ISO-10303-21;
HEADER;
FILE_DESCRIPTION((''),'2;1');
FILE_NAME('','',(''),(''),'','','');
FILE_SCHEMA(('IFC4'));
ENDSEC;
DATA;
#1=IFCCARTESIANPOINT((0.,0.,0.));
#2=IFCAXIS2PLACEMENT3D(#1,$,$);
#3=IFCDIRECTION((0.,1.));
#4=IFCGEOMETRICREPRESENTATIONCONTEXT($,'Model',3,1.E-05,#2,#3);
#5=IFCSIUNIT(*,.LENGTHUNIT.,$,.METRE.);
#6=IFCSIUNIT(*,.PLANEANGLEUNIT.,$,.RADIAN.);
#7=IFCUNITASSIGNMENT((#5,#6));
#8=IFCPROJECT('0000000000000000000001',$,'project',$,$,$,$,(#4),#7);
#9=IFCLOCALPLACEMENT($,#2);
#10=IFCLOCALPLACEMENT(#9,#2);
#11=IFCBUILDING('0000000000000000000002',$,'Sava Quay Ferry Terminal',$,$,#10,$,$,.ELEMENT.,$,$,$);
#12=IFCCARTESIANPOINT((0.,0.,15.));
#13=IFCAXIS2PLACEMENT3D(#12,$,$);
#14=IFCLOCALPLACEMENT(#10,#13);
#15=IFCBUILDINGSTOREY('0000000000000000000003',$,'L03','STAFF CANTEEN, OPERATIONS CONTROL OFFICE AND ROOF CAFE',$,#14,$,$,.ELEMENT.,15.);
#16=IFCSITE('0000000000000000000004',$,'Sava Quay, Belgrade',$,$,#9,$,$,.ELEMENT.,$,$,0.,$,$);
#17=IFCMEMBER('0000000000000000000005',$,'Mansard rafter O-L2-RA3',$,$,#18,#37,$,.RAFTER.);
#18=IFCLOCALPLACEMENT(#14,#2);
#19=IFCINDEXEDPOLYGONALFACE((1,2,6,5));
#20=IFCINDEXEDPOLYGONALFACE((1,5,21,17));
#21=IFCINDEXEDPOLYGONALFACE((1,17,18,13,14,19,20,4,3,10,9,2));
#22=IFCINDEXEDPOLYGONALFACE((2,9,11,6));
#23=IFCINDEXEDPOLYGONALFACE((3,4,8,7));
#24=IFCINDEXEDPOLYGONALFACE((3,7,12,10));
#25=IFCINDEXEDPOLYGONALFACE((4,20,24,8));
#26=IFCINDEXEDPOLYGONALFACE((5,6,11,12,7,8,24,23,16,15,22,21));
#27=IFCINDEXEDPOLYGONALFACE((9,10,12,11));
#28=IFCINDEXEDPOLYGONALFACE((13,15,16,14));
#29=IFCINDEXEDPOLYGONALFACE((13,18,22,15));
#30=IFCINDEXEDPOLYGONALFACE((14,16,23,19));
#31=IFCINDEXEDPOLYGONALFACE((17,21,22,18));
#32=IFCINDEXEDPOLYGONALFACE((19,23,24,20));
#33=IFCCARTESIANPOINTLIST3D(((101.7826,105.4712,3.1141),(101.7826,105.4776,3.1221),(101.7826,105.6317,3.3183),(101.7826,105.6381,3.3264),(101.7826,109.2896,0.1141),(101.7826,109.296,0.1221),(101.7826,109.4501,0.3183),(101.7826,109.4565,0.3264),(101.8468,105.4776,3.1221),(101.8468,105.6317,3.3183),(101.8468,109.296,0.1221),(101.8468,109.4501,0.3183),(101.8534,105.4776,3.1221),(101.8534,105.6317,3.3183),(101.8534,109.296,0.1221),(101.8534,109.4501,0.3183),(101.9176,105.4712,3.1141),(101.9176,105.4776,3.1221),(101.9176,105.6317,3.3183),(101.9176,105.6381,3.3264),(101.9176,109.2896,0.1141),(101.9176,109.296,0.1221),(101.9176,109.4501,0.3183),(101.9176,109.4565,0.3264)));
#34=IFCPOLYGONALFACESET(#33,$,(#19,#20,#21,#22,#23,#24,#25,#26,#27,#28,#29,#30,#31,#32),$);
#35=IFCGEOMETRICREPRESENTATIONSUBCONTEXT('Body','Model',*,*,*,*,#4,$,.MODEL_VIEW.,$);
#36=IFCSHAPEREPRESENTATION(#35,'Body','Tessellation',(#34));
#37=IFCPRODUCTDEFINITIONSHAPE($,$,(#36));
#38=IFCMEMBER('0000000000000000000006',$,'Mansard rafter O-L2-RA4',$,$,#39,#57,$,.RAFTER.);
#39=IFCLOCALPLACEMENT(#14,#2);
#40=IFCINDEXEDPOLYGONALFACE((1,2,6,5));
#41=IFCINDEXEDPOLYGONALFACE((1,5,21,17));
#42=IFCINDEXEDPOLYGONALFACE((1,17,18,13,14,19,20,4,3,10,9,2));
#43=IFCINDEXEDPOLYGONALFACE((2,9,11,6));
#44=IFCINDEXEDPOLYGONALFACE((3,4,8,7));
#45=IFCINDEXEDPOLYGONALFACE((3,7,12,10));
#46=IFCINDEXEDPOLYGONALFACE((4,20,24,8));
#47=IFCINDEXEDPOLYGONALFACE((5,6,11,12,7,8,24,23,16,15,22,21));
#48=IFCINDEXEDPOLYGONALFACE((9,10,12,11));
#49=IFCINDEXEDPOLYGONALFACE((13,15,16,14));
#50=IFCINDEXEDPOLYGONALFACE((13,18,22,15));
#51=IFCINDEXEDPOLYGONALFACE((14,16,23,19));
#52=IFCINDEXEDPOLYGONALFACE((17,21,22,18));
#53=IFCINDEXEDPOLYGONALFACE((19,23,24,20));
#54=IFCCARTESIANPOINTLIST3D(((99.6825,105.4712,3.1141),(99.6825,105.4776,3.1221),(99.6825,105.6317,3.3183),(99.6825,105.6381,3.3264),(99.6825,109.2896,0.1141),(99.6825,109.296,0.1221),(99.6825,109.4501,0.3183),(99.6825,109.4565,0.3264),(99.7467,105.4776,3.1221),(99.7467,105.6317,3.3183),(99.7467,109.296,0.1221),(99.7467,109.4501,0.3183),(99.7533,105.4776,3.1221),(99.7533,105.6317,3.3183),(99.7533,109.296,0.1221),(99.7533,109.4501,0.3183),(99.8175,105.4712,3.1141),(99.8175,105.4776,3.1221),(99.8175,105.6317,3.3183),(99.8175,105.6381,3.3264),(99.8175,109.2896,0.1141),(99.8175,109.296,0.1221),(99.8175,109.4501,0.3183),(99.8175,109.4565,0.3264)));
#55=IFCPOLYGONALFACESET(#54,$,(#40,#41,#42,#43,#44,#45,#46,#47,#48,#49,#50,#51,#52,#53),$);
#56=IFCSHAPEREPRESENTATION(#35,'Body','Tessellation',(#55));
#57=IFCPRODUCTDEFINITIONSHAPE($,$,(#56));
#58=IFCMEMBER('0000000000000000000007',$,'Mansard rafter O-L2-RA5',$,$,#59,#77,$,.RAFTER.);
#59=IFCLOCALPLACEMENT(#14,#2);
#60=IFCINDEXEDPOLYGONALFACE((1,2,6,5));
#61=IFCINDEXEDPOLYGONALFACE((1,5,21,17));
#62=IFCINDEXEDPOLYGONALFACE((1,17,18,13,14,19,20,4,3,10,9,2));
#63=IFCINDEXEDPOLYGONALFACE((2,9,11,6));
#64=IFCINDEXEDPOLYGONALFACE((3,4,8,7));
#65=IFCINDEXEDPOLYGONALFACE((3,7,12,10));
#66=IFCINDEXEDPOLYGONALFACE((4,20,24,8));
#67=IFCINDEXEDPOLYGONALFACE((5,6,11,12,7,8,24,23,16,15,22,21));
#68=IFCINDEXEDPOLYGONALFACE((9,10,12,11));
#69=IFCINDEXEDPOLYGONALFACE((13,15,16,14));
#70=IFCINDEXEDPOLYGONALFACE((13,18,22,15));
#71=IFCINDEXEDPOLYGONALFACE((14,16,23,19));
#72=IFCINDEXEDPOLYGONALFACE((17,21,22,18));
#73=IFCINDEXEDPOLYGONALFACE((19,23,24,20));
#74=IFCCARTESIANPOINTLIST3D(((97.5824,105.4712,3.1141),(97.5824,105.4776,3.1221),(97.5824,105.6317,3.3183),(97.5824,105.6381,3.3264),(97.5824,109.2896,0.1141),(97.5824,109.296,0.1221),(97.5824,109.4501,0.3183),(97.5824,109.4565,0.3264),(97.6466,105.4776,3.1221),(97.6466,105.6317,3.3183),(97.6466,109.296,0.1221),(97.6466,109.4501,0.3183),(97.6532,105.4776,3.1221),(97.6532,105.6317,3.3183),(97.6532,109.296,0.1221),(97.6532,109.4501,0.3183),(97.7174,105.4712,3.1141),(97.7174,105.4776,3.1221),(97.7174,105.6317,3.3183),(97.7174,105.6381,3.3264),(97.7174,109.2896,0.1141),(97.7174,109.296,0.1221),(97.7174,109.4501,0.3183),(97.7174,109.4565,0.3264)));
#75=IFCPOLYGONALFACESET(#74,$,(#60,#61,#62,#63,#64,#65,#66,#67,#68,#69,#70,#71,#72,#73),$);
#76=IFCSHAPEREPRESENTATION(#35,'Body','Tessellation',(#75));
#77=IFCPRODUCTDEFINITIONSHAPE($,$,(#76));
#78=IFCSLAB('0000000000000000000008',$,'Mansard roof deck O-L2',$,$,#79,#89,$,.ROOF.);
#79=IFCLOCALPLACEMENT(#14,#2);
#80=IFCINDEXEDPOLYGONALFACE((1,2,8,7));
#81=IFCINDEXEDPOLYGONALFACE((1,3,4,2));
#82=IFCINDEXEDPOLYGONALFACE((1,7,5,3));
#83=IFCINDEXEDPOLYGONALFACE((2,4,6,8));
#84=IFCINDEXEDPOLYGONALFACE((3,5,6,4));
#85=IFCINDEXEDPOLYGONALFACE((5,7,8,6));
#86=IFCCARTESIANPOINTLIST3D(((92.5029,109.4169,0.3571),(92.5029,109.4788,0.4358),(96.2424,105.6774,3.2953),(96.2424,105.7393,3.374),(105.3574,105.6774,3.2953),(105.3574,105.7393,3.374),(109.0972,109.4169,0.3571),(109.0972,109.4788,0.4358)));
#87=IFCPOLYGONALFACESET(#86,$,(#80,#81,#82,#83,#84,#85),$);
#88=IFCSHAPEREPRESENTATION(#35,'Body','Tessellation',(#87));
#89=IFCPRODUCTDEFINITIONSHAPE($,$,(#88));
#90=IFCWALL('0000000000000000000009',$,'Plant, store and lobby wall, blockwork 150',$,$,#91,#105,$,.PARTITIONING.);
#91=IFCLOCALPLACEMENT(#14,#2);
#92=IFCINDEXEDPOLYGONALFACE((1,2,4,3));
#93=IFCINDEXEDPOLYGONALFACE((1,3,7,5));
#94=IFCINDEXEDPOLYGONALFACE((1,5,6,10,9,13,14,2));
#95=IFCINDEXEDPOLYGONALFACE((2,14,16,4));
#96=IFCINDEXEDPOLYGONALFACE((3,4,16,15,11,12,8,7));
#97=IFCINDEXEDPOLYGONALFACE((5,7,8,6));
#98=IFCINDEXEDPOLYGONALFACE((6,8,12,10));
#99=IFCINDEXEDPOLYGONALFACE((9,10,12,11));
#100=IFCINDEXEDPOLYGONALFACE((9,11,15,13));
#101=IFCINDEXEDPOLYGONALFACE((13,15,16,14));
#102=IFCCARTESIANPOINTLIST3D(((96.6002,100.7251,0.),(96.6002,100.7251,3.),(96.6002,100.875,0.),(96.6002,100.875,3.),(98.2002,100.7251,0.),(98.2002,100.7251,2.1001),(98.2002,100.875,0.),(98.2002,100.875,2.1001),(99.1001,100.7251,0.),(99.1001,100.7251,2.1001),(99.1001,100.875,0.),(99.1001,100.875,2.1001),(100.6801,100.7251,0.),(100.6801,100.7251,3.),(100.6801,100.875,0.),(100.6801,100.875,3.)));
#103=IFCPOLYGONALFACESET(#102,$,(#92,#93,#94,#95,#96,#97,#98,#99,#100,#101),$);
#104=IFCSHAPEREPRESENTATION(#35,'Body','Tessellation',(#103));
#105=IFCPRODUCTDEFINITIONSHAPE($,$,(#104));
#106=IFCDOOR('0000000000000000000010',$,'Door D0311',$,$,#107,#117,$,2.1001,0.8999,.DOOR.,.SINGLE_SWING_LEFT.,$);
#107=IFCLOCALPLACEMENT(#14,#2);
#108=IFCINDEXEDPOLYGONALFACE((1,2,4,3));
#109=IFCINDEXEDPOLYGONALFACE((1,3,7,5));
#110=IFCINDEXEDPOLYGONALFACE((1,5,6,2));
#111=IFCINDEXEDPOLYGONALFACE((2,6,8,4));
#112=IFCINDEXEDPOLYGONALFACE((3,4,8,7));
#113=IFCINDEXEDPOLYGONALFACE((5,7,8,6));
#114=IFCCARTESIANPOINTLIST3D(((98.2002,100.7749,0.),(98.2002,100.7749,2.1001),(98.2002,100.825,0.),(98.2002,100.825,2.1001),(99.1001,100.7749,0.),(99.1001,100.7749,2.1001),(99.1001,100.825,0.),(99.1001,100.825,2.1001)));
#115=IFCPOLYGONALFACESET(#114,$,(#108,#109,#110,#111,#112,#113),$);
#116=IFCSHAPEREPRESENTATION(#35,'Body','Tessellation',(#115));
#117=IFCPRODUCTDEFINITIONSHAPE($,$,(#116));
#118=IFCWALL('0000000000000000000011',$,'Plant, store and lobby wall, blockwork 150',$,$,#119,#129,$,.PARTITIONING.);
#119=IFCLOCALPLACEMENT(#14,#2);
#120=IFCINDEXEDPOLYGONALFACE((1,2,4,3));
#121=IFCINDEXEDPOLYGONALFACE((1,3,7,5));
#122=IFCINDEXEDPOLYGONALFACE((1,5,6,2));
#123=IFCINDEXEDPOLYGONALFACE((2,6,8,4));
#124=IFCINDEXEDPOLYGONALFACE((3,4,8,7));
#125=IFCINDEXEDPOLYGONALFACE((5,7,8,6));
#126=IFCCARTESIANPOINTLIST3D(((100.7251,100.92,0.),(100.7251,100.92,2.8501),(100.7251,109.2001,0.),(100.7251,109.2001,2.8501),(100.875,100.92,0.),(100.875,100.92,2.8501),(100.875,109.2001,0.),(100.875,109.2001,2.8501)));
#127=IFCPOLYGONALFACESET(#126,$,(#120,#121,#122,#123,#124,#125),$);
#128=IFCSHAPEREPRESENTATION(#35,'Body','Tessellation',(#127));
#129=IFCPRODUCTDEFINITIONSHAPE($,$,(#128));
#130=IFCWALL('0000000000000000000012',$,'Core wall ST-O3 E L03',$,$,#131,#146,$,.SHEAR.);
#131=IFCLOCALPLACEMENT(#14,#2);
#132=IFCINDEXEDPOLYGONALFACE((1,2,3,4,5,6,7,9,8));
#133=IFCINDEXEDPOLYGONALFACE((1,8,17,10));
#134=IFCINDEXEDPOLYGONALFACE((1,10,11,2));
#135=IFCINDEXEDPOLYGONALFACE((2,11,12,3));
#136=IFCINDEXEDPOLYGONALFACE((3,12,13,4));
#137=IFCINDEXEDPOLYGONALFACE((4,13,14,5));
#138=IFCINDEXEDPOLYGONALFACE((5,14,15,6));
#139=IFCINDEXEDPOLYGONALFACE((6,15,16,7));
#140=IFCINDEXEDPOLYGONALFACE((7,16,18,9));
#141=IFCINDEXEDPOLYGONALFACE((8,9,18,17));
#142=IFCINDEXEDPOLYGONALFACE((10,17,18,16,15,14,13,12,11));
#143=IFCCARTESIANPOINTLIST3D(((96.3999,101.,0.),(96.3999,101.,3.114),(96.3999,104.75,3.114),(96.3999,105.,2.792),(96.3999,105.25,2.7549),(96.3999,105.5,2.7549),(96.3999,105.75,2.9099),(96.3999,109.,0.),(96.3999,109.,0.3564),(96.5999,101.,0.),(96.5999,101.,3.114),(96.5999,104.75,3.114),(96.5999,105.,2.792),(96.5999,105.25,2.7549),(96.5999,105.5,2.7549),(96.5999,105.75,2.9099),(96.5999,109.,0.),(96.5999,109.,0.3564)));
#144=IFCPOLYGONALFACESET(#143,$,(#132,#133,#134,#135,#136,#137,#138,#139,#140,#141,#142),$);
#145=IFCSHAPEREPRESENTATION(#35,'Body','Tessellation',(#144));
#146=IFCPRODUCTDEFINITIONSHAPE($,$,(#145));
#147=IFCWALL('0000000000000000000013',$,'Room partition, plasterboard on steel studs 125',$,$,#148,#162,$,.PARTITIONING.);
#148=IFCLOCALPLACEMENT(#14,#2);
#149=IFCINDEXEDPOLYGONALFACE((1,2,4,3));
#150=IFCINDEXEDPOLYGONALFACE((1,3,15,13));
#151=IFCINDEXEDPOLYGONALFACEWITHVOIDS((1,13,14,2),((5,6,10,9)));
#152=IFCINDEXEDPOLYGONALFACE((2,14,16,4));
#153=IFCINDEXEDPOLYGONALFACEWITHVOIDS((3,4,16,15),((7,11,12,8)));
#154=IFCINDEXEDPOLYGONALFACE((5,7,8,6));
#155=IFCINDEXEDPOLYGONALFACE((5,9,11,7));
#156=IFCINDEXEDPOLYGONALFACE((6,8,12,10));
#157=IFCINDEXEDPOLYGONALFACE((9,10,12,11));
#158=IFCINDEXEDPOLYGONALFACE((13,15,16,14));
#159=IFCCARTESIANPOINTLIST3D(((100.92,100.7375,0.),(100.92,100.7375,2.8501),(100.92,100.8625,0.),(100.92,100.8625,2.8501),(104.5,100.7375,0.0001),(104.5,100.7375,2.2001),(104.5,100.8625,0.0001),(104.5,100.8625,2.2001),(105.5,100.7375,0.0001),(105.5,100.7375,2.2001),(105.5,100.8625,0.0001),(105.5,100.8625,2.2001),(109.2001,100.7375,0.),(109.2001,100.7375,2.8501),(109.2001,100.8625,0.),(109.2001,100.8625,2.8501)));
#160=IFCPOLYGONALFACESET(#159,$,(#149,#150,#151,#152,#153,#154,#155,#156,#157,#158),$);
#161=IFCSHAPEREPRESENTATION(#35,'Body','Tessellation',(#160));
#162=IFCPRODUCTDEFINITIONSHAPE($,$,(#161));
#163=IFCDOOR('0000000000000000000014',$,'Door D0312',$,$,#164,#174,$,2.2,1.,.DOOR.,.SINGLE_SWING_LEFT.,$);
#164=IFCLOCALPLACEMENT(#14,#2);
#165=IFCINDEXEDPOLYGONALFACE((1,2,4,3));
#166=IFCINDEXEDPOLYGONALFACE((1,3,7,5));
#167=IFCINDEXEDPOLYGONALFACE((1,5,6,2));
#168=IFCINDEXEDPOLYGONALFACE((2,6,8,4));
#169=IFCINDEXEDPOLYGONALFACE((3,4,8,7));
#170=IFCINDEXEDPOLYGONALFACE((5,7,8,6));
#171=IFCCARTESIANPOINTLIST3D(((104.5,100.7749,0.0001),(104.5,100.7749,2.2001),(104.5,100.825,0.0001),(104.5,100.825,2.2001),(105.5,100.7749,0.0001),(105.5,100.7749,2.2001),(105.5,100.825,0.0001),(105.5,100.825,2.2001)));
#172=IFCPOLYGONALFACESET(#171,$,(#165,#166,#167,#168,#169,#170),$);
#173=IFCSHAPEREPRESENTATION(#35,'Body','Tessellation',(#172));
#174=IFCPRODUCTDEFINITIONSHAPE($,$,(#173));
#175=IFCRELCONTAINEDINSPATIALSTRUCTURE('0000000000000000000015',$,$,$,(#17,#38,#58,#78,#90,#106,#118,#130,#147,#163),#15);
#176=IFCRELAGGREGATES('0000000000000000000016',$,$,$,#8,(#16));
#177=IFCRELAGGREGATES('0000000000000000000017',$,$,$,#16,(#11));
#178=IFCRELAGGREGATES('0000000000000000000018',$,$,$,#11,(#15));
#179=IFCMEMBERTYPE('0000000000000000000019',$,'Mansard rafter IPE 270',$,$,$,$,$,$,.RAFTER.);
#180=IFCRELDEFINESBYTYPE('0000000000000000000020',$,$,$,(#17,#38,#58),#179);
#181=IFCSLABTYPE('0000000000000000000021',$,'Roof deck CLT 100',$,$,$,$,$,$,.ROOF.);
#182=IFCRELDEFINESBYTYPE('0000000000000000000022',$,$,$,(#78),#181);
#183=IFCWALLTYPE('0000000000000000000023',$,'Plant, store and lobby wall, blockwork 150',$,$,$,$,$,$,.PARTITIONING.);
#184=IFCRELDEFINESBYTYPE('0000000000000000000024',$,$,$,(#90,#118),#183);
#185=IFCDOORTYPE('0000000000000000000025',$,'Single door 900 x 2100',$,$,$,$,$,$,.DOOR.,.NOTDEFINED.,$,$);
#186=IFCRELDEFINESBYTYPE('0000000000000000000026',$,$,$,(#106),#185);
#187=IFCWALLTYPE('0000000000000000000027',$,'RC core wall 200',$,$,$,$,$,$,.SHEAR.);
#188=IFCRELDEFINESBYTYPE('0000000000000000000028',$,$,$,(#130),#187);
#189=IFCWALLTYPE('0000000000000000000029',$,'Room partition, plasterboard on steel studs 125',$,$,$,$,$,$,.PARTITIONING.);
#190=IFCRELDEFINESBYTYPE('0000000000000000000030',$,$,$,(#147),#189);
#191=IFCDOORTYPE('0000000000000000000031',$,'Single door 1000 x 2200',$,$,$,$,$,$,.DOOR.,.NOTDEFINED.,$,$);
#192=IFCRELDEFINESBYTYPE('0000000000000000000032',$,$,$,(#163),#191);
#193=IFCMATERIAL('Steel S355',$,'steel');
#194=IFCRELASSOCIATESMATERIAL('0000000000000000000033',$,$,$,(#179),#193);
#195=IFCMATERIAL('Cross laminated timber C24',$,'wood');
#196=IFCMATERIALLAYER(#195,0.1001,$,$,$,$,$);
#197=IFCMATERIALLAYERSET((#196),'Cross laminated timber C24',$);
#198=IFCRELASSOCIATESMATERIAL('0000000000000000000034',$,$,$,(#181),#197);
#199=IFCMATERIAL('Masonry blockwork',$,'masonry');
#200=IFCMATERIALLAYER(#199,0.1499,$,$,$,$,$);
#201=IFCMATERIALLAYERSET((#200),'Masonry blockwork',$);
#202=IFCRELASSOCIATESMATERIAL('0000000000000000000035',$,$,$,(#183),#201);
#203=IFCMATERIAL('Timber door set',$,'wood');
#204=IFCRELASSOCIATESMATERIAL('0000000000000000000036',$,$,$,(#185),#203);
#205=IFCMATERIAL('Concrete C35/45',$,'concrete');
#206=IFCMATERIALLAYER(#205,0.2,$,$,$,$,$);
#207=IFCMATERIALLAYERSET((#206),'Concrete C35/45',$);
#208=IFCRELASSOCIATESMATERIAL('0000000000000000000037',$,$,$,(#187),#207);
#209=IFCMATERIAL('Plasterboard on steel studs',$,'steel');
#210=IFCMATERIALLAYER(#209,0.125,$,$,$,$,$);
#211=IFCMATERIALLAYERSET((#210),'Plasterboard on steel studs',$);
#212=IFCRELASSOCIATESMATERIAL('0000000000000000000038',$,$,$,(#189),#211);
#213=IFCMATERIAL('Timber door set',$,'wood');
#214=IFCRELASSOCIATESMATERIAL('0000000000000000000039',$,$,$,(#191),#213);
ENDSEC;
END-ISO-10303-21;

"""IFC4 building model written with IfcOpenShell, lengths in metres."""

from ifc_helpers import new_model, si_unit, direction, frame, frame_2d, origin, origin_2d, place, context, subcontext, project, spatial, polyline, rectangle, i_section, outline, extrude, material, layer, layer_set, material_profile, profile_set, type_object, element, fill, save


model = new_model("IFC4")

# Units and contexts
model_context = context("Model", 3, precision=1e-05, world=origin(), true_north=direction((0.0, 1.0)))
body_context = subcontext(model_context, "Body", "Model", "MODEL_VIEW")
ifc_project = project(units=[si_unit("LENGTHUNIT", "METRE"), si_unit("PLANEANGLEUNIT", "RADIAN")], contexts=[model_context])

# Site, building, storey
site_placement = place(None, origin())
site = spatial("IfcSite", under=ifc_project, at=site_placement, Name="Sava Quay, Belgrade", CompositionType="ELEMENT", RefElevation=0.0)
building_placement = place(site_placement, origin())
building = spatial("IfcBuilding", under=site, at=building_placement, Name="Sava Quay Ferry Terminal", CompositionType="ELEMENT")
storey_placement = place(building_placement, frame((0.0, 0.0, 15.0)))
storey = spatial("IfcBuildingStorey", under=building, at=storey_placement, Name="L03", Description="STAFF CANTEEN, OPERATIONS CONTROL OFFICE AND ROOF CAFE", CompositionType="ELEMENT", Elevation=15.0)

# Members
ifc_material_1 = material(Name="Steel S355", Category="steel")
ifc_material_profile_1 = material_profile(ifc_material_1, i_section(OverallWidth=0.135, OverallDepth=0.27, WebThickness=0.0066, FlangeThickness=0.0103, at=origin_2d()), Name="IPE 270")
ifc_profile_set_1 = profile_set([ifc_material_profile_1], Name="Steel S355")
member_type = type_object("IfcMemberType", Name="Mansard rafter IPE 270", PredefinedType="RAFTER", material=ifc_profile_set_1)
for number, where, z_axis, x_axis, name in (
    (1, (101.8501, 109.373, 0.2202), (0.0, -0.786332, 0.617804), (1.0, 0.0, 0.0), "Mansard rafter O-L2-RA3"),
    (2, (99.75, 109.373, 0.2202), (0.0, -0.786332, 0.617804), (1.0, 0.0, 0.0), "Mansard rafter O-L2-RA4"),
    (3, (97.6499, 109.373, 0.2202), (0.0, -0.786332, 0.617804), (1.0, 0.0, 0.0), "Mansard rafter O-L2-RA5"),
):
    element("IfcMember", number, at=place(storey_placement, frame(where, z_axis=z_axis, x_axis=x_axis)), inside=storey, type_object=member_type, Name=name, PredefinedType="RAFTER", context=body_context, shape_type="SweptSolid", body=[
        extrude(i_section(OverallWidth=0.135, OverallDepth=0.27, WebThickness=0.0066, FlangeThickness=0.0103, at=origin_2d()), origin(), (0.0, 0.0, 1.0), 4.856),
    ])

# Slab
ifc_material_2 = material(Name="Cross laminated timber C24", Category="wood")
ifc_layer_1 = layer(ifc_material_2, 0.1001)
ifc_layer_set_1 = layer_set([ifc_layer_1], Name="Cross laminated timber C24")
slab_type = type_object("IfcSlabType", Name="Roof deck CLT 100", PredefinedType="ROOF", material=ifc_layer_set_1)
slab_placement = place(storey_placement, frame((109.0972, 109.4788, 0.4358), z_axis=(0.0, 0.617828, 0.786313), x_axis=(-0.618137, -0.618097, 0.485656)))
element("IfcSlab", 4, at=slab_placement, inside=storey, type_object=slab_type, Name="Mansard roof deck O-L2", PredefinedType="ROOF", context=body_context, shape_type="SweptSolid", body=[
    extrude(outline(polyline([(0.0, 0.0), (6.05, 0.0), (11.6843, -7.165), (10.2575, -13.0442), (0.0, 0.0)])), origin(), (0.0, 0.0, -1.0), 0.1001),
])

# Wall, opening, door
ifc_material_3 = material(Name="Masonry blockwork", Category="masonry")
ifc_layer_2 = layer(ifc_material_3, 0.1499)
ifc_layer_set_2 = layer_set([ifc_layer_2], Name="Masonry blockwork")
wall_type_1 = type_object("IfcWallType", Name="Plant, store and lobby wall, blockwork 150", PredefinedType="PARTITIONING", material=ifc_layer_set_2)
wall_1_placement = place(storey_placement, frame((96.6001, 100.8, 0.0), z_axis=(0.0, 0.0, 1.0), x_axis=(1.0, 0.0, 0.0)))
wall_1 = element("IfcWall", 5, at=wall_1_placement, inside=storey, type_object=wall_type_1, Name="Plant, store and lobby wall, blockwork 150", PredefinedType="PARTITIONING", context=body_context, shape_type="SweptSolid", body=[
    extrude(rectangle(XDim=4.0798, YDim=0.1499, at=frame_2d((2.04, 0.0))), origin(), (0.0, 0.0, 1.0), 3.0),
])
opening_1_placement = place(wall_1_placement, frame((1.6001, 0.0, 0.0)))
opening_1 = element("IfcOpeningElement", 6, at=opening_1_placement, cuts=wall_1, PredefinedType="OPENING", context=body_context, shape_type="SweptSolid", body=[
    extrude(rectangle(XDim=0.8999, YDim=2.1001, at=frame_2d((0.45, 1.05))), frame((0.0, 0.075, 0.0), z_axis=(0.0, -1.0, 0.0), x_axis=(1.0, 0.0, 0.0)), (0.0, 0.0, 1.0), 0.1499),
])
ifc_material_4 = material(Name="Timber door set", Category="wood")
door_type_1 = type_object("IfcDoorType", Name="Single door 900 x 2100", OperationType="NOTDEFINED", PredefinedType="DOOR", material=ifc_material_4)
door_1_placement = place(opening_1_placement, origin())
door_1 = element("IfcDoor", 7, at=door_1_placement, inside=storey, type_object=door_type_1, Name="Door D0311", OperationType="SINGLE_SWING_LEFT", OverallHeight=2.1001, OverallWidth=0.8999, PredefinedType="DOOR", context=body_context, shape_type="SweptSolid", body=[
    extrude(rectangle(XDim=0.8999, YDim=2.1001, at=frame_2d((0.45, 1.05))), frame((0.0, 0.0249, 0.0), z_axis=(0.0, -1.0, 0.0), x_axis=(1.0, 0.0, 0.0)), (0.0, 0.0, 1.0), 0.05),
])
fill(opening_1, door_1)

# Walls
wall_2_placement = place(storey_placement, frame((100.8, 100.9199, 0.0), z_axis=(0.0, 0.0, 1.0), x_axis=(0.0, 1.0, 0.0)))
element("IfcWall", 8, at=wall_2_placement, inside=storey, type_object=wall_type_1, Name="Plant, store and lobby wall, blockwork 150", PredefinedType="PARTITIONING", context=body_context, shape_type="SweptSolid", body=[
    extrude(rectangle(XDim=8.28, YDim=0.1499, at=frame_2d((4.1401, 0.0))), origin(), (0.0, 0.0, 1.0), 2.8501),
])
ifc_material_5 = material(Name="Concrete C35/45", Category="concrete")
ifc_layer_3 = layer(ifc_material_5, 0.2)
ifc_layer_set_3 = layer_set([ifc_layer_3], Name="Concrete C35/45")
wall_type_2 = type_object("IfcWallType", Name="RC core wall 200", PredefinedType="SHEAR", material=ifc_layer_set_3)
wall_3_placement = place(storey_placement, frame((96.5, 101.0, 0.0), z_axis=(0.0, 0.0, 1.0), x_axis=(0.0, 1.0, 0.0)))
element("IfcWall", 9, at=wall_3_placement, inside=storey, type_object=wall_type_2, Name="Core wall ST-O3 E L03", PredefinedType="SHEAR", context=body_context, shape_type="SweptSolid", body=[
    extrude(outline(polyline([(0.0, 0.0), (8.0, 0.0), (8.0, 0.3564), (4.75, 2.9099), (4.5, 2.7549), (4.25, 2.7549), (4.0, 2.792), (3.75, 3.114), (0.0, 3.114), (0.0, 0.0)])), frame((0.0, 0.1001, 0.0), z_axis=(0.0, -1.0, 0.0), x_axis=(1.0, 0.0, 0.0)), (0.0, 0.0, 1.0), 0.2),
])

# Wall, opening, door
ifc_material_6 = material(Name="Plasterboard on steel studs", Category="steel")
ifc_layer_4 = layer(ifc_material_6, 0.125)
ifc_layer_set_4 = layer_set([ifc_layer_4], Name="Plasterboard on steel studs")
wall_type_3 = type_object("IfcWallType", Name="Room partition, plasterboard on steel studs 125", PredefinedType="PARTITIONING", material=ifc_layer_set_4)
wall_4_placement = place(storey_placement, frame((100.9199, 100.8, 0.0), z_axis=(0.0, 0.0, 1.0), x_axis=(1.0, 0.0, 0.0)))
wall_4 = element("IfcWall", 10, at=wall_4_placement, inside=storey, type_object=wall_type_3, Name="Room partition, plasterboard on steel studs 125", PredefinedType="PARTITIONING", context=body_context, shape_type="SweptSolid", body=[
    extrude(rectangle(XDim=8.28, YDim=0.125, at=frame_2d((4.1401, 0.0))), origin(), (0.0, 0.0, 1.0), 2.8501),
])
opening_2_placement = place(wall_4_placement, frame((3.5801, 0.0, 0.0)))
opening_2 = element("IfcOpeningElement", 11, at=opening_2_placement, cuts=wall_4, PredefinedType="OPENING", context=body_context, shape_type="SweptSolid", body=[
    extrude(rectangle(XDim=1.0, YDim=2.2, at=frame_2d((0.5, 1.1001))), frame((0.0, 0.0625, 0.0), z_axis=(0.0, -1.0, 0.0), x_axis=(1.0, 0.0, 0.0)), (0.0, 0.0, 1.0), 0.125),
])
ifc_material_7 = material(Name="Timber door set", Category="wood")
door_type_2 = type_object("IfcDoorType", Name="Single door 1000 x 2200", OperationType="NOTDEFINED", PredefinedType="DOOR", material=ifc_material_7)
door_2_placement = place(opening_2_placement, origin())
door_2 = element("IfcDoor", 12, at=door_2_placement, inside=storey, type_object=door_type_2, Name="Door D0312", OperationType="SINGLE_SWING_LEFT", OverallHeight=2.2, OverallWidth=1.0, PredefinedType="DOOR", context=body_context, shape_type="SweptSolid", body=[
    extrude(rectangle(XDim=1.0, YDim=2.2, at=frame_2d((0.5, 1.1001))), frame((0.0, 0.0249, 0.0), z_axis=(0.0, -1.0, 0.0), x_axis=(1.0, 0.0, 0.0)), (0.0, 0.0, 1.0), 0.05),
])
fill(opening_2, door_2)

save(model, "model.ifc")
